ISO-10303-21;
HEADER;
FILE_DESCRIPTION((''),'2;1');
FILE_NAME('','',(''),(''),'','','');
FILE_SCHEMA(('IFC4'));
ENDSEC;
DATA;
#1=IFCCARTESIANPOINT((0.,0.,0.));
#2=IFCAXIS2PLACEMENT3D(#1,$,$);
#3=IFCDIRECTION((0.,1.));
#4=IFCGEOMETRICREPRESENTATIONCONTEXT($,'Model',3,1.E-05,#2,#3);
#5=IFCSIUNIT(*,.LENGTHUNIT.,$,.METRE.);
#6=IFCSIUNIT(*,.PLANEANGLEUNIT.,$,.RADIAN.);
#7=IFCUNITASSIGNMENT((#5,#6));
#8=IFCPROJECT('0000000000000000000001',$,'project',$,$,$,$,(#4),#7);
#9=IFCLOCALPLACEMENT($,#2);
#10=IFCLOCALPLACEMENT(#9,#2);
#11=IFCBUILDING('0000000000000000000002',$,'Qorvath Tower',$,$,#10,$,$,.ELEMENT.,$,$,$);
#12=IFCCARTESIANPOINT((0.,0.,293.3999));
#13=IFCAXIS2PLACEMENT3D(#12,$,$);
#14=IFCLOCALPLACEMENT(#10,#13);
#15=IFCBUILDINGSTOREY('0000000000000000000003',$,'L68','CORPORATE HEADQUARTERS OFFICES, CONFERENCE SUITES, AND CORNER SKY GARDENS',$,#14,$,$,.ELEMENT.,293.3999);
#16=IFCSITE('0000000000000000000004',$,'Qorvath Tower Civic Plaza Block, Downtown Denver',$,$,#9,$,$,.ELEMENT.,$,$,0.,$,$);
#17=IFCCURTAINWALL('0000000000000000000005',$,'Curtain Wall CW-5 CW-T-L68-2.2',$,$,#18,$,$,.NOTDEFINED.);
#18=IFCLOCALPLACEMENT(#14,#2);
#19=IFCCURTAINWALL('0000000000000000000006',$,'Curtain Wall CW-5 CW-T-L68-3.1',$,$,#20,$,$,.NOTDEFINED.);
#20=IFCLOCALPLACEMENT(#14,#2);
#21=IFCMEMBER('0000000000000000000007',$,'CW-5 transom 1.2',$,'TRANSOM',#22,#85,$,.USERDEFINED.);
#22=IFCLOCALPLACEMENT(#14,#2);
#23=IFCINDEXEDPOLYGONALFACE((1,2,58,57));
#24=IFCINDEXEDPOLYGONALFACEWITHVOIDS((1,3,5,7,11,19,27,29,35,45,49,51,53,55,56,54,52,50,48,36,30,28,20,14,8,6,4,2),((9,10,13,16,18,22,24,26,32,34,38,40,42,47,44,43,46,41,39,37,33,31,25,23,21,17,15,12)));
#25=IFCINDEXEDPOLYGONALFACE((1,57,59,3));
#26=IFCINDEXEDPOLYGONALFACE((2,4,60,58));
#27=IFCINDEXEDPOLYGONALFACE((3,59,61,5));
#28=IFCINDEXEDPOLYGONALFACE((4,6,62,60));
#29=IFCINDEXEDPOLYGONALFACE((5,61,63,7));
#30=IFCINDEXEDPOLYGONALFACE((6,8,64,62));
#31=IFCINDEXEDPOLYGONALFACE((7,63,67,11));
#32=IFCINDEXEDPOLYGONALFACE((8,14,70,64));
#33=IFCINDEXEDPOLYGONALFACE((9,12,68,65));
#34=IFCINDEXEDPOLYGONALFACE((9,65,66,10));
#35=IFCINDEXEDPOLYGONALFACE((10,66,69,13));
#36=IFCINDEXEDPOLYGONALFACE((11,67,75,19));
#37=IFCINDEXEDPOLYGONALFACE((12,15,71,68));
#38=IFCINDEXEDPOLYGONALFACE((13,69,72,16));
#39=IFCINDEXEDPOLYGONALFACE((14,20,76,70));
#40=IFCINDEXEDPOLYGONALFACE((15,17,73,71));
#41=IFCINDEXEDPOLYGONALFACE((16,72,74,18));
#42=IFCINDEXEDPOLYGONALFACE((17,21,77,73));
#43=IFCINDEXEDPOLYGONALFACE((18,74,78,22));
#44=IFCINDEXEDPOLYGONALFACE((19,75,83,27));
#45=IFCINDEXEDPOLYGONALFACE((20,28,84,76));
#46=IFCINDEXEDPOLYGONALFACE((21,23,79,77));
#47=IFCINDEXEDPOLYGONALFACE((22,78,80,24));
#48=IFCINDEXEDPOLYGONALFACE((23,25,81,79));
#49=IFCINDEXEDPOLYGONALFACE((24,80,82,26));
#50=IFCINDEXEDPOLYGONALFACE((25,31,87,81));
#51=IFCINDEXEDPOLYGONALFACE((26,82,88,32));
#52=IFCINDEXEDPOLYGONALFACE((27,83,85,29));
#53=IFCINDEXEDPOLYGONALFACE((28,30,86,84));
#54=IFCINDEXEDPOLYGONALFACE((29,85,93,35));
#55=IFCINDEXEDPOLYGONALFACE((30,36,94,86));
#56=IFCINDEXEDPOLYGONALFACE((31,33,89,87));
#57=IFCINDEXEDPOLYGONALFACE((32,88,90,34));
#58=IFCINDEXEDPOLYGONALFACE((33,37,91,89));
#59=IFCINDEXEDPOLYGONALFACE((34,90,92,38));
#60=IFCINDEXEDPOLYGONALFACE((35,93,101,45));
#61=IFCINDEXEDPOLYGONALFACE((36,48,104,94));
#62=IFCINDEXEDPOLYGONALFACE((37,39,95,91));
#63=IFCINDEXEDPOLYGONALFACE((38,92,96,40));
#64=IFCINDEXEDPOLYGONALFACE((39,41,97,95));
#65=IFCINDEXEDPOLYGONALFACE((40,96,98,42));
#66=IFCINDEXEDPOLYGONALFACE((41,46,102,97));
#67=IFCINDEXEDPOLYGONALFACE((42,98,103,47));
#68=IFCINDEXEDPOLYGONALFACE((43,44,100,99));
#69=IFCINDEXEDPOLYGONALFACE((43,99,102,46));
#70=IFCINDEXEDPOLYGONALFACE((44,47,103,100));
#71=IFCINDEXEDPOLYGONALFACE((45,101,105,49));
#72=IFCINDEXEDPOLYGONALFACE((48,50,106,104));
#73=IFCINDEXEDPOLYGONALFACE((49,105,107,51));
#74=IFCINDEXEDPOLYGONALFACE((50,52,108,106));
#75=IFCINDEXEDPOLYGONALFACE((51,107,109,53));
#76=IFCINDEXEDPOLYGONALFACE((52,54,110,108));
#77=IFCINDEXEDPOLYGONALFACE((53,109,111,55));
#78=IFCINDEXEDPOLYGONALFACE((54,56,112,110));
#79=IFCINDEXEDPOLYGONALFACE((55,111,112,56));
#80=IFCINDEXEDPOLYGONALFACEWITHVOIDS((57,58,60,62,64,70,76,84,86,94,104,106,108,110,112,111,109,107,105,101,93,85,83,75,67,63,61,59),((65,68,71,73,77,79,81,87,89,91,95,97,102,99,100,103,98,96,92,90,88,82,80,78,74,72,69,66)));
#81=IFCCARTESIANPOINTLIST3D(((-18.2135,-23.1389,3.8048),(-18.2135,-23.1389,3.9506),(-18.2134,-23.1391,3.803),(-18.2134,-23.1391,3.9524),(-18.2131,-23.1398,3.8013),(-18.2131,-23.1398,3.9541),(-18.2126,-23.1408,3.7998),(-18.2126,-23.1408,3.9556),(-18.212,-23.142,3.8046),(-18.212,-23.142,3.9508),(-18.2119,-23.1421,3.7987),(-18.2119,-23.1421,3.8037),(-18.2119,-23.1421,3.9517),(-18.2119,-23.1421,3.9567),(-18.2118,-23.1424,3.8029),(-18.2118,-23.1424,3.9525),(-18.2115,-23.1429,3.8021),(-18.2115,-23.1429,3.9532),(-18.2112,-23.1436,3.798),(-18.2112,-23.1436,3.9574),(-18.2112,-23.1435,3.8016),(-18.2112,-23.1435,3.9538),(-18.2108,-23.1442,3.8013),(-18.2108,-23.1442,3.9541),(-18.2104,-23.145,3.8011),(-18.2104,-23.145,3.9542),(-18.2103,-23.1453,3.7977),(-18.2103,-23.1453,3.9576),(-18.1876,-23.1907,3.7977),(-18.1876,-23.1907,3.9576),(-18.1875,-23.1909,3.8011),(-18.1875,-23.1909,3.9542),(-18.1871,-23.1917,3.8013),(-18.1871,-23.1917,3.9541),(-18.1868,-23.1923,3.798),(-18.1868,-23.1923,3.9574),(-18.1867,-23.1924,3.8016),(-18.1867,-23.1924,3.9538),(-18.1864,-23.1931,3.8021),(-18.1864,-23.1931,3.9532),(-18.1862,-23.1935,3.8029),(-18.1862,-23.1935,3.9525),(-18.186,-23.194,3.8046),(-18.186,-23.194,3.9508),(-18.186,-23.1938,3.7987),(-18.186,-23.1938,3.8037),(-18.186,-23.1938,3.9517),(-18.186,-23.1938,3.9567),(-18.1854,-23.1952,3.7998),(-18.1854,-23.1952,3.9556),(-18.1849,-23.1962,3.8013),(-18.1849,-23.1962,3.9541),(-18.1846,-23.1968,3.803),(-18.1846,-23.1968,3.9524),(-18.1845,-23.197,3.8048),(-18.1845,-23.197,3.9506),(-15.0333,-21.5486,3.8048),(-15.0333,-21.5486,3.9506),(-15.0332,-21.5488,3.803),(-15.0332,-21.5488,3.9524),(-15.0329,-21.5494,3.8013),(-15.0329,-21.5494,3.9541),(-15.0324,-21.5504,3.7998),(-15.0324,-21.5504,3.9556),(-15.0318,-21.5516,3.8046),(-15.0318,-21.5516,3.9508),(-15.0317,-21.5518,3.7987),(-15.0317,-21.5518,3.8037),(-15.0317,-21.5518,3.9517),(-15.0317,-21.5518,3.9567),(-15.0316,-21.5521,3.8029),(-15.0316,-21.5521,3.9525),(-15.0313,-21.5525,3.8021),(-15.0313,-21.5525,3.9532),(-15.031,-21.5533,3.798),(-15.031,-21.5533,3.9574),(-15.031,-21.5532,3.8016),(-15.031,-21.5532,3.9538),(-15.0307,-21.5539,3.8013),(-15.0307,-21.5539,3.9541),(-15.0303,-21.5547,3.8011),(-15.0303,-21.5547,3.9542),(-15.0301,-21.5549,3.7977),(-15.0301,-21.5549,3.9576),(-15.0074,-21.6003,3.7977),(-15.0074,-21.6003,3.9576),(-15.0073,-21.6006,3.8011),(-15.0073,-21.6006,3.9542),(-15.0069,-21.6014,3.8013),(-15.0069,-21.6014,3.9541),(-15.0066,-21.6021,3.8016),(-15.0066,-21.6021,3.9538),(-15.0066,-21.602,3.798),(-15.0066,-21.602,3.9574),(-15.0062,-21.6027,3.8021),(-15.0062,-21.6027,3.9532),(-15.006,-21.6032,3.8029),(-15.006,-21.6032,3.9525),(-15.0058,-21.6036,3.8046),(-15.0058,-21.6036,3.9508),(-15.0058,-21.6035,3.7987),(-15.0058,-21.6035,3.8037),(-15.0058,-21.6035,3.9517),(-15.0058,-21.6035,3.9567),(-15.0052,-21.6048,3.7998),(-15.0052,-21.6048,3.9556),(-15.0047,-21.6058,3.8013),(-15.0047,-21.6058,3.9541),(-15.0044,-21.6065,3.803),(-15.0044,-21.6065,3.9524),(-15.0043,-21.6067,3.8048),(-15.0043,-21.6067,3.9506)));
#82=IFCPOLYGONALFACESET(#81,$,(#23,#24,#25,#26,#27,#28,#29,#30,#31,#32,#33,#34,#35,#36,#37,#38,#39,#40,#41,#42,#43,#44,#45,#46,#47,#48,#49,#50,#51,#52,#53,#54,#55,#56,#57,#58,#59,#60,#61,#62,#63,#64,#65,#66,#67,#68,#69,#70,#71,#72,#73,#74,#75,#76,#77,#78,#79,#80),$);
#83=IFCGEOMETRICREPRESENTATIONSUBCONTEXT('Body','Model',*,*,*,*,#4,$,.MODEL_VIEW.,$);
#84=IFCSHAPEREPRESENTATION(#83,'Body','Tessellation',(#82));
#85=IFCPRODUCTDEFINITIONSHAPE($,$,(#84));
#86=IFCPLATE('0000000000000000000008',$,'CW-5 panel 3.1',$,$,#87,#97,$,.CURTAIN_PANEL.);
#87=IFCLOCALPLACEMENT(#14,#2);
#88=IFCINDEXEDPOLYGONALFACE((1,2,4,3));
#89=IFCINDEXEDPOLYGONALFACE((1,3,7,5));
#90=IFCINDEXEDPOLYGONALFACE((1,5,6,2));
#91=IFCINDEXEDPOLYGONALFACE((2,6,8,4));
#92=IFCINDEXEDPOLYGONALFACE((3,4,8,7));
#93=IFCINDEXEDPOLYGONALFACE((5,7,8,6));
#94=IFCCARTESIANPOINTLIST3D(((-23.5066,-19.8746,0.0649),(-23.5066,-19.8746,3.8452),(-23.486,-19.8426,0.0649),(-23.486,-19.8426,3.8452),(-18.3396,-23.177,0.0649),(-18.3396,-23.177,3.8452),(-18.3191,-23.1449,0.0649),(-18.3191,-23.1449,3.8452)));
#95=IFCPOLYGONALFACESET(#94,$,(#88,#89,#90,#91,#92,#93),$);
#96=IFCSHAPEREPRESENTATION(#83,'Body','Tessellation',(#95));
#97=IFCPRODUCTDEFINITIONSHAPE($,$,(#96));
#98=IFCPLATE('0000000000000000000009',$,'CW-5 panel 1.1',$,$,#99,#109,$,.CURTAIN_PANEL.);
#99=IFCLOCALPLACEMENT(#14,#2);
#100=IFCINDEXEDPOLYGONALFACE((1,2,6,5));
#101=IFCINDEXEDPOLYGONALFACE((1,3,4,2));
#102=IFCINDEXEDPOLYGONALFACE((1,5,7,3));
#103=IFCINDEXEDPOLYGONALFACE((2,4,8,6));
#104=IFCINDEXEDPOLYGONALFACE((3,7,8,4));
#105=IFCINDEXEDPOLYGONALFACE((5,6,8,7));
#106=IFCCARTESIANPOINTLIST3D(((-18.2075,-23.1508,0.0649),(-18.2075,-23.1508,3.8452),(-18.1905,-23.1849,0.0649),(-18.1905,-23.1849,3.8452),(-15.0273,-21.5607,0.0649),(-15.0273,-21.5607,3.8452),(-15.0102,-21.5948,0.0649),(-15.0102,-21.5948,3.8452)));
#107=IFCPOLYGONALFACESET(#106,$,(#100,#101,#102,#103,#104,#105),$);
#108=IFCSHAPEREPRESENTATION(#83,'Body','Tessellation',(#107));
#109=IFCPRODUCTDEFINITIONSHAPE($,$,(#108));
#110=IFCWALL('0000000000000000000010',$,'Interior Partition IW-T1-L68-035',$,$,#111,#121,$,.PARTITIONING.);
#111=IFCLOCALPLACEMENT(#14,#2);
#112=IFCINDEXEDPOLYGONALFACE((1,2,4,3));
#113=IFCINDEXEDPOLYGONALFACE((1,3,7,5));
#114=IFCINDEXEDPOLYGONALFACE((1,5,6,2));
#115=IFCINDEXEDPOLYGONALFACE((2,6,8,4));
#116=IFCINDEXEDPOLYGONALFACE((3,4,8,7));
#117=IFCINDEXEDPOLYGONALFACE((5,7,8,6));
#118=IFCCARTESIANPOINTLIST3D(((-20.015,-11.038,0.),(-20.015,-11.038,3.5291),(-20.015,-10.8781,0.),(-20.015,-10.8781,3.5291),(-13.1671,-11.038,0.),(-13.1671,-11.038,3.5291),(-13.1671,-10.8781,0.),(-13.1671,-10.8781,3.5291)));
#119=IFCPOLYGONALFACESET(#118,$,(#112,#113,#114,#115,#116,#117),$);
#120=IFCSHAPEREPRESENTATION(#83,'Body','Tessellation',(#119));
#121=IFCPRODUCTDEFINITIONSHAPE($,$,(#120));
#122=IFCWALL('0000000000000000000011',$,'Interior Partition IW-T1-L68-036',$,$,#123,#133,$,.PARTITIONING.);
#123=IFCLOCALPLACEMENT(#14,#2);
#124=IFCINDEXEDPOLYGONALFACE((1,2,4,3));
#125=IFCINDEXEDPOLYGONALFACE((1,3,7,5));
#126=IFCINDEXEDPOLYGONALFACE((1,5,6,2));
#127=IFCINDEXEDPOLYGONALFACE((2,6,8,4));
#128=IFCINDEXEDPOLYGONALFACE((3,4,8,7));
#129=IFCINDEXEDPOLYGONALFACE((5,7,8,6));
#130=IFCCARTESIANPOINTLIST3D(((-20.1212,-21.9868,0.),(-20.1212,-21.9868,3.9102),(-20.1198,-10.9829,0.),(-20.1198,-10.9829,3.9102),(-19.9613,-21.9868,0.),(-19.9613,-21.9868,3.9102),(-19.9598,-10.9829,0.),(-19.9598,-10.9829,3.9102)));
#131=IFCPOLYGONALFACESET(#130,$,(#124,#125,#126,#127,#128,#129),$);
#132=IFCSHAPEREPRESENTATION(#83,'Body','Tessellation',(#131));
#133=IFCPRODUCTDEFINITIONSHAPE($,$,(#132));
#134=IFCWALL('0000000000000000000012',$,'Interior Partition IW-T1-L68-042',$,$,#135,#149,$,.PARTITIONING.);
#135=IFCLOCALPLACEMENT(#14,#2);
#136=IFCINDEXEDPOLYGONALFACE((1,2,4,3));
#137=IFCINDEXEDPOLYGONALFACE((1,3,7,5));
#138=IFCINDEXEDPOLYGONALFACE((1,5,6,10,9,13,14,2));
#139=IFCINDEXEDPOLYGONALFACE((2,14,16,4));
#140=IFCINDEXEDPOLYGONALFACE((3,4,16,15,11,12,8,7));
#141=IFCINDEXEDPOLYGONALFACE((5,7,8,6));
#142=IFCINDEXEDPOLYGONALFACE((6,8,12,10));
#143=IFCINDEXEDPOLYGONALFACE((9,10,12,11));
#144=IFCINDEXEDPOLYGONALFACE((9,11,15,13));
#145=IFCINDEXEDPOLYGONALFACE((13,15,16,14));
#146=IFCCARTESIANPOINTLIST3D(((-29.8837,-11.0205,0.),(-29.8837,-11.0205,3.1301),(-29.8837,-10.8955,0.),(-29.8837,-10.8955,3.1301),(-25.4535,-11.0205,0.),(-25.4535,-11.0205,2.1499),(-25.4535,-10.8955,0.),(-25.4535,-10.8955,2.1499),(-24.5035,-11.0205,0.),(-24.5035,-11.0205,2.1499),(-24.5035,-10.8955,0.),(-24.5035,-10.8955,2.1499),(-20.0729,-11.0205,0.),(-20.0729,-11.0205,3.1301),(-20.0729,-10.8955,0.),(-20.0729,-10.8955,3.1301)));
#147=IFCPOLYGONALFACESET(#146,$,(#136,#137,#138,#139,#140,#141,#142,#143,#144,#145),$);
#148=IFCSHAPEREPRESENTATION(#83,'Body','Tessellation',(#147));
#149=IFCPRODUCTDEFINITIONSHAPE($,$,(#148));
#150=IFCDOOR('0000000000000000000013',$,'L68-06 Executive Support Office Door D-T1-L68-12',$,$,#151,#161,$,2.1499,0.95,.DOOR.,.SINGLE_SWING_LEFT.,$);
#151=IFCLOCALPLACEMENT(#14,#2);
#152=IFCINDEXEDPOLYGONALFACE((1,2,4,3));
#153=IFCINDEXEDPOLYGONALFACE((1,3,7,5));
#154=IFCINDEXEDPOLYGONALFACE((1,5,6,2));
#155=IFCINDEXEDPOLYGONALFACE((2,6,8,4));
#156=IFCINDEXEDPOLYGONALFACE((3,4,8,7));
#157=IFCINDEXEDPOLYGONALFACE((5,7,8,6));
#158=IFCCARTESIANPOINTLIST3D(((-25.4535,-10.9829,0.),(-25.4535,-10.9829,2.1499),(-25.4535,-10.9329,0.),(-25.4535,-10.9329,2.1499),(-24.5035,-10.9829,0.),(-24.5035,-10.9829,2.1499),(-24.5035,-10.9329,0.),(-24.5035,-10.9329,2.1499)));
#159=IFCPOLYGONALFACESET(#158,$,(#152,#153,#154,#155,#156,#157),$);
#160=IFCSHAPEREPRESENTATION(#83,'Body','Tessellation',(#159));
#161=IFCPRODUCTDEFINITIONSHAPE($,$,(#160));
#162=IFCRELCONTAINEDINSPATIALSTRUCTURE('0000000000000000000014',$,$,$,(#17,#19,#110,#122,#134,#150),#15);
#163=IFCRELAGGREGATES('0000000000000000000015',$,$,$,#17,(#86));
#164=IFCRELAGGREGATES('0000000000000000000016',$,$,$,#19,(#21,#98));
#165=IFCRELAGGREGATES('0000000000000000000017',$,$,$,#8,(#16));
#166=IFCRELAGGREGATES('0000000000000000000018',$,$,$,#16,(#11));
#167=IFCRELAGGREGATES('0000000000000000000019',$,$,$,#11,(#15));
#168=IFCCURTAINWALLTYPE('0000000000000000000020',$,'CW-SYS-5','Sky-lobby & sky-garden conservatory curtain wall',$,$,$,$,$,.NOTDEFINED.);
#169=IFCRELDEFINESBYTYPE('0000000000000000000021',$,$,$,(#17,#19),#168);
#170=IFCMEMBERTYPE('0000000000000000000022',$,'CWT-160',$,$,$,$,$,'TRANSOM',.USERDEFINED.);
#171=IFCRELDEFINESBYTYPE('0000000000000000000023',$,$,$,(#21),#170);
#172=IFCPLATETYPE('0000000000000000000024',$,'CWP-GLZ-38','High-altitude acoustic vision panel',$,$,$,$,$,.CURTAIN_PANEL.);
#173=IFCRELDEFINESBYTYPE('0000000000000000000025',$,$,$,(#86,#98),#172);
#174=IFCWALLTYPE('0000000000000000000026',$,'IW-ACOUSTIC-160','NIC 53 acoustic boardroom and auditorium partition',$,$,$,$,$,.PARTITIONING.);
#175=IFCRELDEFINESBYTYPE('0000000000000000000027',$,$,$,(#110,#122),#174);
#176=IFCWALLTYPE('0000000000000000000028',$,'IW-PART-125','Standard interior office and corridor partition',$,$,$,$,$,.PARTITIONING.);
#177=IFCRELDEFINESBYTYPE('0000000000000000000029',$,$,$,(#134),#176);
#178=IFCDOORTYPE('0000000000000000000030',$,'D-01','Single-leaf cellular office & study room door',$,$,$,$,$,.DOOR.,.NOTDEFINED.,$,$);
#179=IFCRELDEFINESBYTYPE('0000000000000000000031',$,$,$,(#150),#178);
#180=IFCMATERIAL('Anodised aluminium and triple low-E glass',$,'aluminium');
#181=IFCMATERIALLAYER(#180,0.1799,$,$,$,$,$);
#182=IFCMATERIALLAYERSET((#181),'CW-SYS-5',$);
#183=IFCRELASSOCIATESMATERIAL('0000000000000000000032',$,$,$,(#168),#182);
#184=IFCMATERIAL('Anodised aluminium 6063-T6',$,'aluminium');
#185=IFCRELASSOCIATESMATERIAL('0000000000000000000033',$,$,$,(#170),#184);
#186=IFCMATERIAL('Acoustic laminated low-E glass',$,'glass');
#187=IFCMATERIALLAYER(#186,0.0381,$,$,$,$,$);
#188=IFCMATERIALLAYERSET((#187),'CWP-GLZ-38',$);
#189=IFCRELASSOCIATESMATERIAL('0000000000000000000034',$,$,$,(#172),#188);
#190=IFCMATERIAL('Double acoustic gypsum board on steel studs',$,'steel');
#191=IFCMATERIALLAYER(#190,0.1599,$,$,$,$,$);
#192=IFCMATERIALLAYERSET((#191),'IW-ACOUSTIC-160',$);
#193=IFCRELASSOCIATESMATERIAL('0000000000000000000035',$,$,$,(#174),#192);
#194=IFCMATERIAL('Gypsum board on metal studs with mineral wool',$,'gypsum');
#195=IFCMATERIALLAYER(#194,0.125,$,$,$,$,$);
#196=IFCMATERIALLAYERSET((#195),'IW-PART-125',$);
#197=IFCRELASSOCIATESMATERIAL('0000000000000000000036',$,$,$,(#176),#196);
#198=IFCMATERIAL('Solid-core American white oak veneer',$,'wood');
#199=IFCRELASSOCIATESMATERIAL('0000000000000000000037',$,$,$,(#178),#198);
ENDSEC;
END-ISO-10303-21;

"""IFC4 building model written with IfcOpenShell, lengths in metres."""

from ifc_helpers import new_model, si_unit, direction, frame, frame_2d, origin, origin_2d, place, context, subcontext, project, spatial, rectangle, hollow_rectangle, extrude, material, layer, layer_set, material_profile, profile_set, type_object, element, fill, aggregate, save


model = new_model("IFC4")

# Units and contexts
model_context = context("Model", 3, precision=1e-05, world=origin(), true_north=direction((0.0, 1.0)))
body_context = subcontext(model_context, "Body", "Model", "MODEL_VIEW")
ifc_project = project(units=[si_unit("LENGTHUNIT", "METRE"), si_unit("PLANEANGLEUNIT", "RADIAN")], contexts=[model_context])

# Site, building, storey
site_placement = place(None, origin())
site = spatial("IfcSite", under=ifc_project, at=site_placement, Name="Qorvath Tower Civic Plaza Block, Downtown Denver", CompositionType="ELEMENT", RefElevation=0.0)
building_placement = place(site_placement, origin())
building = spatial("IfcBuilding", under=site, at=building_placement, Name="Qorvath Tower", CompositionType="ELEMENT")
storey_placement = place(building_placement, frame((0.0, 0.0, 293.3999)))
storey = spatial("IfcBuildingStorey", under=building, at=storey_placement, Name="L68", Description="CORPORATE HEADQUARTERS OFFICES, CONFERENCE SUITES, AND CORNER SKY GARDENS", CompositionType="ELEMENT", Elevation=293.3999)

# Curtain wall
ifc_material_1 = material(Name="Anodised aluminium and triple low-E glass", Category="aluminium")
ifc_layer_1 = layer(ifc_material_1, 0.1799)
ifc_layer_set_1 = layer_set([ifc_layer_1], Name="CW-SYS-5")
curtain_wall_type = type_object("IfcCurtainWallType", Name="CW-SYS-5", Description="Sky-lobby & sky-garden conservatory curtain wall", PredefinedType="NOTDEFINED", material=ifc_layer_set_1)
curtain_wall_1_placement = place(storey_placement, origin())
curtain_wall_1 = element("IfcCurtainWall", 1, at=curtain_wall_1_placement, inside=storey, type_object=curtain_wall_type, Name="Curtain Wall CW-5 CW-T-L68-2.2", PredefinedType="NOTDEFINED")

# Curtain wall, member
curtain_wall_2_placement = place(storey_placement, origin())
curtain_wall_2 = element("IfcCurtainWall", 2, at=curtain_wall_2_placement, inside=storey, type_object=curtain_wall_type, Name="Curtain Wall CW-5 CW-T-L68-3.1", PredefinedType="NOTDEFINED")
ifc_material_2 = material(Name="Anodised aluminium 6063-T6", Category="aluminium")
ifc_material_profile_1 = material_profile(ifc_material_2, hollow_rectangle(XDim=0.0649, YDim=0.1599, WallThickness=0.0034, InnerFilletRadius=0.0034, OuterFilletRadius=0.0071, at=origin_2d()), Name="CWT 160x65")
ifc_profile_set_1 = profile_set([ifc_material_profile_1], Name="Anodised aluminium 6063-T6")
member_type_1 = type_object("IfcMemberType", Name="CWT-160", ElementType="TRANSOM", PredefinedType="USERDEFINED", material=ifc_profile_set_1)
member_1_placement = place(storey_placement, frame((-18.199, -23.168, 3.8777), z_axis=(0.8944, 0.447269, 0.0), x_axis=(-0.447269, 0.8944, 0.0)))
member_1 = element("IfcMember", 3, at=member_1_placement, type_object=member_type_1, Name="CW-5 transom 1.2", ObjectType="TRANSOM", PredefinedType="USERDEFINED", context=body_context, shape_type="SweptSolid", body=[
    extrude(hollow_rectangle(XDim=0.0649, YDim=0.1599, WallThickness=0.0034, InnerFilletRadius=0.0034, OuterFilletRadius=0.0071, at=origin_2d()), origin(), (0.0, 0.0, 1.0), 3.5557),
])

# Plates
ifc_material_3 = material(Name="Acoustic laminated low-E glass", Category="glass")
ifc_layer_2 = layer(ifc_material_3, 0.0381)
ifc_layer_set_2 = layer_set([ifc_layer_2], Name="CWP-GLZ-38")
plate_type = type_object("IfcPlateType", Name="CWP-GLZ-38", Description="High-altitude acoustic vision panel", PredefinedType="CURTAIN_PANEL", material=ifc_layer_set_2)
plate_1_placement = place(storey_placement, frame((-20.9128, -21.5098, 0.0649), z_axis=(0.0, 0.0, 1.0), x_axis=(0.842605, -0.538533, 0.0)))
plate_1 = element("IfcPlate", 4, at=plate_1_placement, type_object=plate_type, Name="CW-5 panel 3.1", PredefinedType="CURTAIN_PANEL", context=body_context, shape_type="SweptSolid", body=[
    extrude(rectangle(XDim=6.1321, YDim=0.0381, at=origin_2d()), origin(), (0.0, 0.0, 1.0), 3.7803),
])
aggregate(curtain_wall_1, [plate_1])
plate_2_placement = place(storey_placement, frame((-16.6089, -22.3728, 0.0649), z_axis=(0.0, 0.0, 1.0), x_axis=(0.894427, 0.447214, 0.0)))
plate_2 = element("IfcPlate", 5, at=plate_2_placement, type_object=plate_type, Name="CW-5 panel 1.1", PredefinedType="CURTAIN_PANEL", context=body_context, shape_type="SweptSolid", body=[
    extrude(rectangle(XDim=3.5557, YDim=0.0381, at=origin_2d()), origin(), (0.0, 0.0, 1.0), 3.7803),
])
aggregate(curtain_wall_2, [member_1, plate_2])

# Walls
ifc_material_4 = material(Name="Double acoustic gypsum board on steel studs", Category="steel")
ifc_layer_3 = layer(ifc_material_4, 0.1599)
ifc_layer_set_3 = layer_set([ifc_layer_3], Name="IW-ACOUSTIC-160")
wall_type_1 = type_object("IfcWallType", Name="IW-ACOUSTIC-160", Description="NIC 53 acoustic boardroom and auditorium partition", PredefinedType="PARTITIONING", material=ifc_layer_set_3)
wall_1_placement = place(storey_placement, frame((-20.0149, -10.958, 0.0), z_axis=(0.0, 0.0, 1.0), x_axis=(1.0, 0.0, 0.0)))
element("IfcWall", 6, at=wall_1_placement, inside=storey, type_object=wall_type_1, Name="Interior Partition IW-T1-L68-035", PredefinedType="PARTITIONING", context=body_context, shape_type="SweptSolid", body=[
    extrude(rectangle(XDim=6.8479, YDim=0.1599, at=frame_2d((3.4238, 0.0))), origin(), (0.0, 0.0, 1.0), 3.5291),
])
wall_2_placement = place(storey_placement, frame((-20.0398, -10.9829, 0.0), z_axis=(0.0, 0.0, 1.0), x_axis=(-0.000133, -1.0, 0.0)))
element("IfcWall", 7, at=wall_2_placement, inside=storey, type_object=wall_type_1, Name="Interior Partition IW-T1-L68-036", PredefinedType="PARTITIONING", context=body_context, shape_type="SweptSolid", body=[
    extrude(rectangle(XDim=11.0039, YDim=0.1599, at=frame_2d((5.502, 0.0))), origin(), (0.0, 0.0, 1.0), 3.9102),
])

# Wall, opening, door
ifc_material_5 = material(Name="Gypsum board on metal studs with mineral wool", Category="gypsum")
ifc_layer_4 = layer(ifc_material_5, 0.125)
ifc_layer_set_4 = layer_set([ifc_layer_4], Name="IW-PART-125")
wall_type_2 = type_object("IfcWallType", Name="IW-PART-125", Description="Standard interior office and corridor partition", PredefinedType="PARTITIONING", material=ifc_layer_set_4)
wall_3_placement = place(storey_placement, frame((-20.073, -10.958, 0.0), z_axis=(0.0, 0.0, 1.0), x_axis=(-1.0, 0.0, 0.0)))
wall_3 = element("IfcWall", 8, at=wall_3_placement, inside=storey, type_object=wall_type_2, Name="Interior Partition IW-T1-L68-042", PredefinedType="PARTITIONING", context=body_context, shape_type="SweptSolid", body=[
    extrude(rectangle(XDim=9.8108, YDim=0.125, at=frame_2d((4.9053, 0.0))), origin(), (0.0, 0.0, 1.0), 3.1301),
])
opening_placement = place(wall_3_placement, frame((4.4304, 0.0, 0.0)))
opening = element("IfcOpeningElement", 9, at=opening_placement, cuts=wall_3, PredefinedType="OPENING", context=body_context, shape_type="SweptSolid", body=[
    extrude(rectangle(XDim=0.95, YDim=2.1499, at=frame_2d((0.4751, 1.075))), frame((0.0, 0.0725, 0.0), z_axis=(0.0, -1.0, 0.0), x_axis=(1.0, 0.0, 0.0)), (0.0, 0.0, 1.0), 0.145),
])
ifc_material_6 = material(Name="Solid-core American white oak veneer", Category="wood")
door_type = type_object("IfcDoorType", Name="D-01", Description="Single-leaf cellular office & study room door", OperationType="NOTDEFINED", PredefinedType="DOOR", material=ifc_material_6)
door_placement = place(opening_placement, origin())
door = element("IfcDoor", 10, at=door_placement, inside=storey, type_object=door_type, Name="L68-06 Executive Support Office Door D-T1-L68-12", OperationType="SINGLE_SWING_LEFT", OverallHeight=2.1499, OverallWidth=0.95, PredefinedType="DOOR", context=body_context, shape_type="SweptSolid", body=[
    extrude(rectangle(XDim=0.95, YDim=2.1499, at=frame_2d((0.4751, 1.075))), frame((0.0, 0.0249, 0.0), z_axis=(0.0, -1.0, 0.0), x_axis=(1.0, 0.0, 0.0)), (0.0, 0.0, 1.0), 0.05),
])
fill(opening, door)

save(model, "model.ifc")
